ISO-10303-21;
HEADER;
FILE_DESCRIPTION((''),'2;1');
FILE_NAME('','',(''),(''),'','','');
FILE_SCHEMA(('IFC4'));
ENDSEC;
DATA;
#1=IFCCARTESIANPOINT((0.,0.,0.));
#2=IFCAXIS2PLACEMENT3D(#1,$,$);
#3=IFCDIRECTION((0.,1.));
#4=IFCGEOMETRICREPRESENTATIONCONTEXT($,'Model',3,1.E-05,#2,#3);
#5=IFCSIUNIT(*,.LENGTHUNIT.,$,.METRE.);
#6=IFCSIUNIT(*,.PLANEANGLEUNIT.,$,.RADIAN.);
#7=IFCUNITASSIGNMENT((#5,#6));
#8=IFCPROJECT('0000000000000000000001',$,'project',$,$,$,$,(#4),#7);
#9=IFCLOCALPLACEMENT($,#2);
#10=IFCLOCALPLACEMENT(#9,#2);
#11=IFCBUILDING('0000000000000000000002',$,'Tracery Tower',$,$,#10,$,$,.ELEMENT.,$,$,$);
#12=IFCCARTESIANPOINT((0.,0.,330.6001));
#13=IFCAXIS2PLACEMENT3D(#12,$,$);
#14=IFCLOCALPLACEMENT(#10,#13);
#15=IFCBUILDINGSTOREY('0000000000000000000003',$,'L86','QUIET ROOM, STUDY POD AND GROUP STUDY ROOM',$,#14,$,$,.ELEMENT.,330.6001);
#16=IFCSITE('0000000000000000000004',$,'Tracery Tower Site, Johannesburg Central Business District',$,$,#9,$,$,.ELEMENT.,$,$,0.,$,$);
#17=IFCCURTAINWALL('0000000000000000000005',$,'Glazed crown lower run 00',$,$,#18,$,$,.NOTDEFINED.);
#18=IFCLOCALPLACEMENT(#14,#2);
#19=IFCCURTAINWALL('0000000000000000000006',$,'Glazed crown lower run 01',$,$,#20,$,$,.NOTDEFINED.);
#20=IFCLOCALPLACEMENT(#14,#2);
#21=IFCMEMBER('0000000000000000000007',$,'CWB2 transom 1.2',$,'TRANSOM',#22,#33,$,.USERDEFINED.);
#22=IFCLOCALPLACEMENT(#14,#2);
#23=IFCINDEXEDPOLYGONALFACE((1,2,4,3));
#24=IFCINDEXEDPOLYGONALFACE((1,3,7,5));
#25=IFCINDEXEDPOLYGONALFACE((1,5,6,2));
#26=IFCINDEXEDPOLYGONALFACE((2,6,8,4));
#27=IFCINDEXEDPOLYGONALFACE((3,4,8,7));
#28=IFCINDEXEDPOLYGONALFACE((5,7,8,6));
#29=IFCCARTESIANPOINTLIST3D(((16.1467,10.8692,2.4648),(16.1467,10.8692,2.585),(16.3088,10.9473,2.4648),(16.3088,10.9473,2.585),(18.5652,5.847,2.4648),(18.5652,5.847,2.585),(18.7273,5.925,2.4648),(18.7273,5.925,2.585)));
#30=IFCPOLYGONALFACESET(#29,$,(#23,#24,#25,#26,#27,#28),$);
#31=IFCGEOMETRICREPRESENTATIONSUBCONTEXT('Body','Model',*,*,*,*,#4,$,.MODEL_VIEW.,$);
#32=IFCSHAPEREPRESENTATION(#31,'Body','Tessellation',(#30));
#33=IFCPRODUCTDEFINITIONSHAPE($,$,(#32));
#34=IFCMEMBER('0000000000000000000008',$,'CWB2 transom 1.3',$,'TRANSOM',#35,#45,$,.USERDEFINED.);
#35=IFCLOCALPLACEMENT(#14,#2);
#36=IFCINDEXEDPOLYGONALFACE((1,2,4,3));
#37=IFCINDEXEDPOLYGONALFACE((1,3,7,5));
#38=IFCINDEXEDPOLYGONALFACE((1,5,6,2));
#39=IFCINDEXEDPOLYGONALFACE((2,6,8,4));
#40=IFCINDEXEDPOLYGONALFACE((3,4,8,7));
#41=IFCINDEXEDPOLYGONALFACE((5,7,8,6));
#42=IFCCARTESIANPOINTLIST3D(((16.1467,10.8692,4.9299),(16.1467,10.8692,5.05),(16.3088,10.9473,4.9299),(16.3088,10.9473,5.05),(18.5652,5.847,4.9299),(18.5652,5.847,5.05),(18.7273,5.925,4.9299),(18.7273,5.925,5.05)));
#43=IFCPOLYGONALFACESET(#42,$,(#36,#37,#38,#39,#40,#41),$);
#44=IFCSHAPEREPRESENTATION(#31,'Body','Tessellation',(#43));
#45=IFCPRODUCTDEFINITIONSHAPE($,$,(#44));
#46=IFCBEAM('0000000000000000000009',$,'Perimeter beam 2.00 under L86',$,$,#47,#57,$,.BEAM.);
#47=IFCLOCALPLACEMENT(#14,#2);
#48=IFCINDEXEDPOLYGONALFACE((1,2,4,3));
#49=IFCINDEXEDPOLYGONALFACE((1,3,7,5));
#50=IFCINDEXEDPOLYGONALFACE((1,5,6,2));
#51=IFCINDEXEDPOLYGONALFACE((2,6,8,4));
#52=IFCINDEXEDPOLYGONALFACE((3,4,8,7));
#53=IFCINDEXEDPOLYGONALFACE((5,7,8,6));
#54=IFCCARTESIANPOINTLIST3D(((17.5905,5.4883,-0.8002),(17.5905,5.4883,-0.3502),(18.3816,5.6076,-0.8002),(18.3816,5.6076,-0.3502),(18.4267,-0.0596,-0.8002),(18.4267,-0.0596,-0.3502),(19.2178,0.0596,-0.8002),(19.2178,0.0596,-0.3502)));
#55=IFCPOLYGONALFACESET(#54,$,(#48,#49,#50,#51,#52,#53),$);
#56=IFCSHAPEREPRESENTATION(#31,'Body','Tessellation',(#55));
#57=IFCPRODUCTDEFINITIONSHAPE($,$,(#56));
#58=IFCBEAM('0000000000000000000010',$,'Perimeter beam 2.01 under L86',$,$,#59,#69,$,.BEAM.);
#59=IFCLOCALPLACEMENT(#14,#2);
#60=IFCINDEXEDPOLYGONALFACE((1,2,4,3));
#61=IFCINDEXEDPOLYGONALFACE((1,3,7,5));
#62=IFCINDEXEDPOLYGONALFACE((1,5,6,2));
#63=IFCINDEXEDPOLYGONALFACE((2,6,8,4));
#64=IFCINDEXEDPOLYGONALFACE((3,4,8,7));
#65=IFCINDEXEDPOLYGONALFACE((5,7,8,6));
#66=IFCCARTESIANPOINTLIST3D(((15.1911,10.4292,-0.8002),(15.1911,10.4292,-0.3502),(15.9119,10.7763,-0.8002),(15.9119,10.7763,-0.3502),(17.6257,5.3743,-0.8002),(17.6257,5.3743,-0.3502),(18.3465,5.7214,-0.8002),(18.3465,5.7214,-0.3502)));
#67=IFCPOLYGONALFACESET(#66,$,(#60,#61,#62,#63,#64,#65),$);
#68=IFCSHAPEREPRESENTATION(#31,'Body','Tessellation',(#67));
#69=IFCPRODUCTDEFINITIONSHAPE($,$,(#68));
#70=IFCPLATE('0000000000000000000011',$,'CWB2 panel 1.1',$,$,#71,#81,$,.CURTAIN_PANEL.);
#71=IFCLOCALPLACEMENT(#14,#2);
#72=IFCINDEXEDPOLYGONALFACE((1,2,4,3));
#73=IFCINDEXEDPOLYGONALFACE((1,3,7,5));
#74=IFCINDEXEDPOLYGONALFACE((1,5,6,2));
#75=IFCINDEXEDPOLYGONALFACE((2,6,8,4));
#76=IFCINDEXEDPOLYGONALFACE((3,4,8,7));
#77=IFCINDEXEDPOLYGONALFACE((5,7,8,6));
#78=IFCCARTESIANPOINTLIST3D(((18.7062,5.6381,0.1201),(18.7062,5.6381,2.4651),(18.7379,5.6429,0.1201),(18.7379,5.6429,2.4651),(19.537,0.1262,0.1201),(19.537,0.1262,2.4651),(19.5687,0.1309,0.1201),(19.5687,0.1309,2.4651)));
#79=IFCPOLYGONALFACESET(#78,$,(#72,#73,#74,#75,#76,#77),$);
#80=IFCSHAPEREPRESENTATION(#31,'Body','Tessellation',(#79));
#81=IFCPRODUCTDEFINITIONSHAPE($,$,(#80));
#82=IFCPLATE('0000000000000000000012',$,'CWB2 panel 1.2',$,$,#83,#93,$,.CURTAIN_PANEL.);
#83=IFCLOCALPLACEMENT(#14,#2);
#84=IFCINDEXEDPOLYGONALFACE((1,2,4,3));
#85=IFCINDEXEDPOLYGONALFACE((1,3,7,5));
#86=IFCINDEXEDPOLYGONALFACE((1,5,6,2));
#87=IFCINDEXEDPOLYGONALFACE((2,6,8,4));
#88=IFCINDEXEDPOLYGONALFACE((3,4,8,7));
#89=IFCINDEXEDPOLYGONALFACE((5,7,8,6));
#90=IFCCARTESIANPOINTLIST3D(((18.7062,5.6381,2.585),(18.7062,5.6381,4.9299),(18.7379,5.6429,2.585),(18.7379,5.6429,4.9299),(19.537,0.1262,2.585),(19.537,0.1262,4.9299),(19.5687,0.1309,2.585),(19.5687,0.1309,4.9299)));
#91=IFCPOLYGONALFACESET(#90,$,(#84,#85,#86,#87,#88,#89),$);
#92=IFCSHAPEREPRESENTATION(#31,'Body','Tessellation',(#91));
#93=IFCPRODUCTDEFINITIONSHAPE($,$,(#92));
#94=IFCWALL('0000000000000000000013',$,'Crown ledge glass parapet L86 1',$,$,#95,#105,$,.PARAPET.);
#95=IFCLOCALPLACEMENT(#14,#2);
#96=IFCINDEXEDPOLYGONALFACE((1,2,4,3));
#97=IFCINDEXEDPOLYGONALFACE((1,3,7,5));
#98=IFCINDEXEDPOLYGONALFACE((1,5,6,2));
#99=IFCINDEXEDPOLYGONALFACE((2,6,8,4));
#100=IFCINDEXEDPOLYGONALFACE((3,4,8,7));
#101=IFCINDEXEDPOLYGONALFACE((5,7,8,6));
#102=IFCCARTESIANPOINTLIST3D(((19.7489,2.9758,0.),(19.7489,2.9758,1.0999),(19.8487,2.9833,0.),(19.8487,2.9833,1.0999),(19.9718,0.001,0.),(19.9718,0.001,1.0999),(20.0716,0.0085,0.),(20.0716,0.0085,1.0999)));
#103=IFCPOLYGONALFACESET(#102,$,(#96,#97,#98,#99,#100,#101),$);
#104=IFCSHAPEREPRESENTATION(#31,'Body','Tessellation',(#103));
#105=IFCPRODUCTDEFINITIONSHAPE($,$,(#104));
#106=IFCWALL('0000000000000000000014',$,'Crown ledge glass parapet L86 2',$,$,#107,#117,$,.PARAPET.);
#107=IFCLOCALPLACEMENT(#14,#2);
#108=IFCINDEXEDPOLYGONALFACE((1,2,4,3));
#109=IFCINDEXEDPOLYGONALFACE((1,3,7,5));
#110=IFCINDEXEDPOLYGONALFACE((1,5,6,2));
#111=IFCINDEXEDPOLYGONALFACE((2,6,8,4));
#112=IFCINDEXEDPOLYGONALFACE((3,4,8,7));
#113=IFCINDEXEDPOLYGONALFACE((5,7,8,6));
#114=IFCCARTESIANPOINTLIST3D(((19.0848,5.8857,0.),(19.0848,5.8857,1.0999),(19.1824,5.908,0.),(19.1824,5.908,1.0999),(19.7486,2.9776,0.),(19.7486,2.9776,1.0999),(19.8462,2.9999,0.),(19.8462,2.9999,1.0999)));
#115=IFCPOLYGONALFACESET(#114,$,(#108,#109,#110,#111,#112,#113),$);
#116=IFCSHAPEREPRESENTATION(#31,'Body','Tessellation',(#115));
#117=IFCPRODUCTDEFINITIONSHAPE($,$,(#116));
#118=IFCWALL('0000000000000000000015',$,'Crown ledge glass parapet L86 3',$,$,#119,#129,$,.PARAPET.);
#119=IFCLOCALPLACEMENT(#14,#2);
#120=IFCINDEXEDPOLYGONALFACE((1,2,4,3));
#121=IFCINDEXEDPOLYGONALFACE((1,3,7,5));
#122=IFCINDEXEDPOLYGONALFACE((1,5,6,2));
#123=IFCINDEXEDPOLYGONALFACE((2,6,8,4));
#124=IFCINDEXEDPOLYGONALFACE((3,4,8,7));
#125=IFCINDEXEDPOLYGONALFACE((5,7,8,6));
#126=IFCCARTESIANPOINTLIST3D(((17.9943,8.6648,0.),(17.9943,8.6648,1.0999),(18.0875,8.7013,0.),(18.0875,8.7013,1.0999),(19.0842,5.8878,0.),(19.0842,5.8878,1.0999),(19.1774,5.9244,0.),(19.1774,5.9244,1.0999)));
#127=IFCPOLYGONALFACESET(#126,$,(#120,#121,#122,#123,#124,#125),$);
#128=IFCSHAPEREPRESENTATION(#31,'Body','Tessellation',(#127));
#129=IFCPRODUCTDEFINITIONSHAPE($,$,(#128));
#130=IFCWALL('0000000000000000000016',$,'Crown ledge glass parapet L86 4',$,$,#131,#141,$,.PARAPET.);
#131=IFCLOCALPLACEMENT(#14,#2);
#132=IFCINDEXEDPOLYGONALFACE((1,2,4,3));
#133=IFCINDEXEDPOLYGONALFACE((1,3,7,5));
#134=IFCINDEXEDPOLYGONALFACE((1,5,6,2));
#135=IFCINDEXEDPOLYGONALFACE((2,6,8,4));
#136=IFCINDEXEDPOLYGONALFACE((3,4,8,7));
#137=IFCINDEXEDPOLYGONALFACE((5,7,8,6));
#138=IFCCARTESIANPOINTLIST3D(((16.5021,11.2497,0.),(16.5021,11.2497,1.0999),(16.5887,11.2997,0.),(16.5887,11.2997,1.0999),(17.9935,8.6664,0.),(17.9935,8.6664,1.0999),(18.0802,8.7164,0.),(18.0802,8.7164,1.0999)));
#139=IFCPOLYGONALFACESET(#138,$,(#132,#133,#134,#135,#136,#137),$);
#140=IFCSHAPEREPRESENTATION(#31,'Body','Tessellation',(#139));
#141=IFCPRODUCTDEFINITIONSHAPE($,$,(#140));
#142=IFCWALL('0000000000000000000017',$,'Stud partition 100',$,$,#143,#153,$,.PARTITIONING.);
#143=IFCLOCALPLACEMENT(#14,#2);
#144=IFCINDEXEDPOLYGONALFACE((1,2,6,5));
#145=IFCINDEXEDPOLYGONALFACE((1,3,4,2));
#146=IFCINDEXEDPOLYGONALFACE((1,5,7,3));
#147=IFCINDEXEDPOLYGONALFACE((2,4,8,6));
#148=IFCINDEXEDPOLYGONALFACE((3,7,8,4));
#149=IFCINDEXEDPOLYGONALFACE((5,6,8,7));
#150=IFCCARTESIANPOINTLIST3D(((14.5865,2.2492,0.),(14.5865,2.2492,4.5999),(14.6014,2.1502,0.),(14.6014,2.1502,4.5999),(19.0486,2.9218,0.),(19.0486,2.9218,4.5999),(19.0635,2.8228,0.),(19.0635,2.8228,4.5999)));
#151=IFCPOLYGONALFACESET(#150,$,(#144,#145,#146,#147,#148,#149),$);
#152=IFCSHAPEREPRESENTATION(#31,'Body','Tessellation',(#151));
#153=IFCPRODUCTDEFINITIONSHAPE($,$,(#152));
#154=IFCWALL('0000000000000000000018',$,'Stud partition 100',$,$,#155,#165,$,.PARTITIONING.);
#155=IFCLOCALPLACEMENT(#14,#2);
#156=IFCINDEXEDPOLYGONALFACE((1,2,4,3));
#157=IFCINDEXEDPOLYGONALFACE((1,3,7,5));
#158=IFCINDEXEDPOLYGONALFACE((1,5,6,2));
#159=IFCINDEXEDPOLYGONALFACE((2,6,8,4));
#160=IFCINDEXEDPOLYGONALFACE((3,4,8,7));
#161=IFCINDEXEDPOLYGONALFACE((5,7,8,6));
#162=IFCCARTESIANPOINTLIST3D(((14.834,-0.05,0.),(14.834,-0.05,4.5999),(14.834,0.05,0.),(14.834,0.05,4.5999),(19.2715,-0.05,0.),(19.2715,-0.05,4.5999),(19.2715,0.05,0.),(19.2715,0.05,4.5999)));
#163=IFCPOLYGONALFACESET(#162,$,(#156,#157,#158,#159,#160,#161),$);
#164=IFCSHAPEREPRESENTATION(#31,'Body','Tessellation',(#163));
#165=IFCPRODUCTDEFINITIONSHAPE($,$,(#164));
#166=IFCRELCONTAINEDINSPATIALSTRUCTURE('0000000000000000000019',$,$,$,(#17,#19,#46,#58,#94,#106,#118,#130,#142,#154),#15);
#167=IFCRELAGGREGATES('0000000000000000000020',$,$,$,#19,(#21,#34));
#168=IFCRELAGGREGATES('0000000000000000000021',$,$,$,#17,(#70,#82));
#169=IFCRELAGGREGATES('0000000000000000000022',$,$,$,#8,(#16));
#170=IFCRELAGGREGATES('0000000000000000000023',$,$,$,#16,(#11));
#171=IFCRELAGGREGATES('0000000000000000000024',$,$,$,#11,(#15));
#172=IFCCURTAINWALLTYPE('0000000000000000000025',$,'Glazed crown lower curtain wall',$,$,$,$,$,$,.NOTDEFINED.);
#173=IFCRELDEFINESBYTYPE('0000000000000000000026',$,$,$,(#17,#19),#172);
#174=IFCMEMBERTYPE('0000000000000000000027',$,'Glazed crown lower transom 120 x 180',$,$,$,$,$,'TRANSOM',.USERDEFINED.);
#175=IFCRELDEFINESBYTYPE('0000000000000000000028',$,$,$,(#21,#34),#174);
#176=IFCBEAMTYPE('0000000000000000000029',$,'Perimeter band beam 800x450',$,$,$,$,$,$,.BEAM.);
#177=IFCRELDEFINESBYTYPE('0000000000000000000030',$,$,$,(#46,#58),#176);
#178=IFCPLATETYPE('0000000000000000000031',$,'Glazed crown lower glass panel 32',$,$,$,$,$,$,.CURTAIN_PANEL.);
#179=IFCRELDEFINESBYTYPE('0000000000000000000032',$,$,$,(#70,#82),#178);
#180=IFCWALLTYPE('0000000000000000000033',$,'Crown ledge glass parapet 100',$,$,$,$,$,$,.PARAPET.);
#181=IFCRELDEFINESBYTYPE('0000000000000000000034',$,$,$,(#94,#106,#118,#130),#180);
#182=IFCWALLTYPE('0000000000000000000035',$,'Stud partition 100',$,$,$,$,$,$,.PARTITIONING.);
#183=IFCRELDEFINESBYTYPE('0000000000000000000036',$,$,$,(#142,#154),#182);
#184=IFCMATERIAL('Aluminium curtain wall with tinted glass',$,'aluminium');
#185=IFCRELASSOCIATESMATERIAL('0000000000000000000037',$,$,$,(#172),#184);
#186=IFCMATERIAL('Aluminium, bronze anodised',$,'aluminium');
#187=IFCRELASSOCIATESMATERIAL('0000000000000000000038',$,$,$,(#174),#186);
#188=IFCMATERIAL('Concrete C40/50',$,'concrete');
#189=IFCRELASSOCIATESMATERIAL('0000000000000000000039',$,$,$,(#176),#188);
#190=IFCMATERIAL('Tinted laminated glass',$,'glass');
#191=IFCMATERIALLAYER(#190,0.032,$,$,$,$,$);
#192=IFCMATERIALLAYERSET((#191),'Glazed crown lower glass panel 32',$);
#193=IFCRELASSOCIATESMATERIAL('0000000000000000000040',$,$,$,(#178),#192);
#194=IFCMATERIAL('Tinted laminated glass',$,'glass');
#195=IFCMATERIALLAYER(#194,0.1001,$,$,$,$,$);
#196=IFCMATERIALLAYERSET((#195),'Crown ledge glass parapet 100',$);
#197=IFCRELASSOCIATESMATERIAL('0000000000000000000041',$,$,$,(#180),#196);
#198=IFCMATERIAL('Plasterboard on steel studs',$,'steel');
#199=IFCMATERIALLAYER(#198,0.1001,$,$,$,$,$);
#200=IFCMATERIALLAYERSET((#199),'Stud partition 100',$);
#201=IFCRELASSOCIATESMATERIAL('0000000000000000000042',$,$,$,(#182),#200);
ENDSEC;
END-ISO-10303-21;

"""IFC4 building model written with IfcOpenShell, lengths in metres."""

from ifc_helpers import new_model, si_unit, direction, frame, frame_2d, origin, origin_2d, place, context, subcontext, project, spatial, rectangle, extrude, material, layer, layer_set, material_profile, profile_set, type_object, element, aggregate, save


model = new_model("IFC4")

# Units and contexts
model_context = context("Model", 3, precision=1e-05, world=origin(), true_north=direction((0.0, 1.0)))
body_context = subcontext(model_context, "Body", "Model", "MODEL_VIEW")
ifc_project = project(units=[si_unit("LENGTHUNIT", "METRE"), si_unit("PLANEANGLEUNIT", "RADIAN")], contexts=[model_context])

# Site, building, storey
site_placement = place(None, origin())
site = spatial("IfcSite", under=ifc_project, at=site_placement, Name="Tracery Tower Site, Johannesburg Central Business District", CompositionType="ELEMENT", RefElevation=0.0)
building_placement = place(site_placement, origin())
building = spatial("IfcBuilding", under=site, at=building_placement, Name="Tracery Tower", CompositionType="ELEMENT")
storey_placement = place(building_placement, frame((0.0, 0.0, 330.6001)))
storey = spatial("IfcBuildingStorey", under=building, at=storey_placement, Name="L86", Description="QUIET ROOM, STUDY POD AND GROUP STUDY ROOM", CompositionType="ELEMENT", Elevation=330.6001)

# Curtain wall
ifc_material_1 = material(Name="Aluminium curtain wall with tinted glass", Category="aluminium")
curtain_wall_type = type_object("IfcCurtainWallType", Name="Glazed crown lower curtain wall", PredefinedType="NOTDEFINED", material=ifc_material_1)
curtain_wall_1_placement = place(storey_placement, origin())
curtain_wall_1 = element("IfcCurtainWall", 1, at=curtain_wall_1_placement, inside=storey, type_object=curtain_wall_type, Name="Glazed crown lower run 00", PredefinedType="NOTDEFINED")

# Curtain wall
curtain_wall_2_placement = place(storey_placement, origin())
curtain_wall_2 = element("IfcCurtainWall", 2, at=curtain_wall_2_placement, inside=storey, type_object=curtain_wall_type, Name="Glazed crown lower run 01", PredefinedType="NOTDEFINED")

# Members
ifc_material_2 = material(Name="Aluminium, bronze anodised", Category="aluminium")
ifc_material_profile_1 = material_profile(ifc_material_2, rectangle(XDim=0.1799, YDim=0.1201, at=origin_2d()), Name="Glazed crown lower transom 120 x 180")
ifc_profile_set_1 = profile_set([ifc_material_profile_1], Name="Aluminium, bronze anodised")
member_type_1 = type_object("IfcMemberType", Name="Glazed crown lower transom 120 x 180", ElementType="TRANSOM", PredefinedType="USERDEFINED", material=ifc_profile_set_1)
member_1_placement = place(storey_placement, frame((18.6462, 5.886, 2.5249), z_axis=(-0.433867, 0.900977, 0.0), x_axis=(-0.900977, -0.433867, 0.0)))
member_1 = element("IfcMember", 3, at=member_1_placement, type_object=member_type_1, Name="CWB2 transom 1.2", ObjectType="TRANSOM", PredefinedType="USERDEFINED", context=body_context, shape_type="SweptSolid", body=[
    extrude(rectangle(XDim=0.1799, YDim=0.1201, at=origin_2d()), origin(), (0.0, 0.0, 1.0), 5.5742),
])
member_2_placement = place(storey_placement, frame((18.6462, 5.886, 4.99), z_axis=(-0.433867, 0.900977, 0.0), x_axis=(-0.900977, -0.433867, 0.0)))
member_2 = element("IfcMember", 4, at=member_2_placement, type_object=member_type_1, Name="CWB2 transom 1.3", ObjectType="TRANSOM", PredefinedType="USERDEFINED", context=body_context, shape_type="SweptSolid", body=[
    extrude(rectangle(XDim=0.1799, YDim=0.1201, at=origin_2d()), origin(), (0.0, 0.0, 1.0), 5.5742),
])
aggregate(curtain_wall_2, [member_1, member_2])

# Beams
ifc_material_3 = material(Name="Concrete C40/50", Category="concrete")
ifc_material_profile_2 = material_profile(ifc_material_3, rectangle(XDim=0.8, YDim=0.45, at=origin_2d()), Name="RC 800x450")
ifc_profile_set_2 = profile_set([ifc_material_profile_2], Name="Concrete C40/50")
beam_type = type_object("IfcBeamType", Name="Perimeter band beam 800x450", PredefinedType="BEAM", material=ifc_profile_set_2)
for number, where, z_axis, x_axis, name in (
    (5, (18.8223, 0.0, -0.5752), (-0.149038, 0.988831, 0.0), (-0.988831, -0.149038, 0.0), "Perimeter beam 2.00 under L86"),
    (6, (17.9861, 5.5479, -0.5752), (-0.433919, 0.900952, 0.0), (-0.900952, -0.433919, 0.0), "Perimeter beam 2.01 under L86"),
):
    element("IfcBeam", number, at=place(storey_placement, frame(where, z_axis=z_axis, x_axis=x_axis)), inside=storey, type_object=beam_type, Name=name, PredefinedType="BEAM", context=body_context, shape_type="SweptSolid", body=[
        extrude(rectangle(XDim=0.8, YDim=0.45, at=origin_2d()), origin(), (0.0, 0.0, 1.0), 5.6106),
    ])

# Plates
ifc_material_4 = material(Name="Tinted laminated glass", Category="glass")
ifc_layer_1 = layer(ifc_material_4, 0.032)
ifc_layer_set_1 = layer_set([ifc_layer_1], Name="Glazed crown lower glass panel 32")
plate_type = type_object("IfcPlateType", Name="Glazed crown lower glass panel 32", PredefinedType="CURTAIN_PANEL", material=ifc_layer_set_1)
plate_1_placement = place(storey_placement, frame((19.1375, 2.8845, 0.1201), z_axis=(0.0, 0.0, 1.0), x_axis=(-0.14904, 0.988831, 0.0)))
plate_1 = element("IfcPlate", 7, at=plate_1_placement, type_object=plate_type, Name="CWB2 panel 1.1", PredefinedType="CURTAIN_PANEL", context=body_context, shape_type="SweptSolid", body=[
    extrude(rectangle(XDim=5.5742, YDim=0.032, at=origin_2d()), origin(), (0.0, 0.0, 1.0), 2.345),
])
plate_2_placement = place(storey_placement, frame((19.1375, 2.8845, 2.585), z_axis=(0.0, 0.0, 1.0), x_axis=(-0.14904, 0.988831, 0.0)))
plate_2 = element("IfcPlate", 8, at=plate_2_placement, type_object=plate_type, Name="CWB2 panel 1.2", PredefinedType="CURTAIN_PANEL", context=body_context, shape_type="SweptSolid", body=[
    extrude(rectangle(XDim=5.5742, YDim=0.032, at=origin_2d()), origin(), (0.0, 0.0, 1.0), 2.345),
])
aggregate(curtain_wall_1, [plate_1, plate_2])

# Walls
ifc_material_5 = material(Name="Tinted laminated glass", Category="glass")
ifc_layer_2 = layer(ifc_material_5, 0.1001)
ifc_layer_set_2 = layer_set([ifc_layer_2], Name="Crown ledge glass parapet 100")
wall_type_1 = type_object("IfcWallType", Name="Crown ledge glass parapet 100", PredefinedType="PARAPET", material=ifc_layer_set_2)
wall_1_placement = place(storey_placement, frame((20.0217, 0.0046, 0.0), z_axis=(0.0, 0.0, 1.0), x_axis=(-0.074719, 0.997205, 0.0)))
element("IfcWall", 9, at=wall_1_placement, inside=storey, type_object=wall_type_1, Name="Crown ledge glass parapet L86 1", PredefinedType="PARAPET", context=body_context, shape_type="SweptSolid", body=[
    extrude(rectangle(XDim=2.9832, YDim=0.1001, at=frame_2d((1.4917, 0.0))), origin(), (0.0, 0.0, 1.0), 1.0999),
])
wall_2_placement = place(storey_placement, frame((19.7974, 2.9888, 0.0), z_axis=(0.0, 0.0, 1.0), x_axis=(-0.222534, 0.974925, 0.0)))
element("IfcWall", 10, at=wall_2_placement, inside=storey, type_object=wall_type_1, Name="Crown ledge glass parapet L86 2", PredefinedType="PARAPET", context=body_context, shape_type="SweptSolid", body=[
    extrude(rectangle(XDim=2.9829, YDim=0.1001, at=frame_2d((1.4915, 0.0))), origin(), (0.0, 0.0, 1.0), 1.0999),
])
wall_3_placement = place(storey_placement, frame((19.1309, 5.906, 0.0), z_axis=(0.0, 0.0, 1.0), x_axis=(-0.365343, 0.930873, 0.0)))
element("IfcWall", 11, at=wall_3_placement, inside=storey, type_object=wall_type_1, Name="Crown ledge glass parapet L86 3", PredefinedType="PARAPET", context=body_context, shape_type="SweptSolid", body=[
    extrude(rectangle(XDim=2.9832, YDim=0.1001, at=frame_2d((1.4917, 0.0))), origin(), (0.0, 0.0, 1.0), 1.0999),
])
wall_4_placement = place(storey_placement, frame((18.0369, 8.6914, 0.0), z_axis=(0.0, 0.0, 1.0), x_axis=(-0.500003, 0.866023, 0.0)))
element("IfcWall", 12, at=wall_4_placement, inside=storey, type_object=wall_type_1, Name="Crown ledge glass parapet L86 4", PredefinedType="PARAPET", context=body_context, shape_type="SweptSolid", body=[
    extrude(rectangle(XDim=2.9829, YDim=0.1001, at=frame_2d((1.4915, 0.0))), origin(), (0.0, 0.0, 1.0), 1.0999),
])
ifc_material_6 = material(Name="Plasterboard on steel studs", Category="steel")
ifc_layer_3 = layer(ifc_material_6, 0.1001)
ifc_layer_set_3 = layer_set([ifc_layer_3], Name="Stud partition 100")
wall_type_2 = type_object("IfcWallType", Name="Stud partition 100", PredefinedType="PARTITIONING", material=ifc_layer_set_3)
wall_5_placement = place(storey_placement, frame((19.0562, 2.8723, 0.0), z_axis=(0.0, 0.0, 1.0), x_axis=(-0.988829, -0.149052, 0.0)))
element("IfcWall", 13, at=wall_5_placement, inside=storey, type_object=wall_type_2, Name="Stud partition 100", PredefinedType="PARTITIONING", context=body_context, shape_type="SweptSolid", body=[
    extrude(rectangle(XDim=4.5125, YDim=0.1001, at=frame_2d((2.2563, 0.0))), origin(), (0.0, 0.0, 1.0), 4.5999),
])
wall_6_placement = place(storey_placement, frame((19.2715, 0.0, 0.0), z_axis=(0.0, 0.0, 1.0), x_axis=(-1.0, 0.0, 0.0)))
element("IfcWall", 14, at=wall_6_placement, inside=storey, type_object=wall_type_2, Name="Stud partition 100", PredefinedType="PARTITIONING", context=body_context, shape_type="SweptSolid", body=[
    extrude(rectangle(XDim=4.4375, YDim=0.1001, at=frame_2d((2.2188, 0.0))), origin(), (0.0, 0.0, 1.0), 4.5999),
])

save(model, "model.ifc")
